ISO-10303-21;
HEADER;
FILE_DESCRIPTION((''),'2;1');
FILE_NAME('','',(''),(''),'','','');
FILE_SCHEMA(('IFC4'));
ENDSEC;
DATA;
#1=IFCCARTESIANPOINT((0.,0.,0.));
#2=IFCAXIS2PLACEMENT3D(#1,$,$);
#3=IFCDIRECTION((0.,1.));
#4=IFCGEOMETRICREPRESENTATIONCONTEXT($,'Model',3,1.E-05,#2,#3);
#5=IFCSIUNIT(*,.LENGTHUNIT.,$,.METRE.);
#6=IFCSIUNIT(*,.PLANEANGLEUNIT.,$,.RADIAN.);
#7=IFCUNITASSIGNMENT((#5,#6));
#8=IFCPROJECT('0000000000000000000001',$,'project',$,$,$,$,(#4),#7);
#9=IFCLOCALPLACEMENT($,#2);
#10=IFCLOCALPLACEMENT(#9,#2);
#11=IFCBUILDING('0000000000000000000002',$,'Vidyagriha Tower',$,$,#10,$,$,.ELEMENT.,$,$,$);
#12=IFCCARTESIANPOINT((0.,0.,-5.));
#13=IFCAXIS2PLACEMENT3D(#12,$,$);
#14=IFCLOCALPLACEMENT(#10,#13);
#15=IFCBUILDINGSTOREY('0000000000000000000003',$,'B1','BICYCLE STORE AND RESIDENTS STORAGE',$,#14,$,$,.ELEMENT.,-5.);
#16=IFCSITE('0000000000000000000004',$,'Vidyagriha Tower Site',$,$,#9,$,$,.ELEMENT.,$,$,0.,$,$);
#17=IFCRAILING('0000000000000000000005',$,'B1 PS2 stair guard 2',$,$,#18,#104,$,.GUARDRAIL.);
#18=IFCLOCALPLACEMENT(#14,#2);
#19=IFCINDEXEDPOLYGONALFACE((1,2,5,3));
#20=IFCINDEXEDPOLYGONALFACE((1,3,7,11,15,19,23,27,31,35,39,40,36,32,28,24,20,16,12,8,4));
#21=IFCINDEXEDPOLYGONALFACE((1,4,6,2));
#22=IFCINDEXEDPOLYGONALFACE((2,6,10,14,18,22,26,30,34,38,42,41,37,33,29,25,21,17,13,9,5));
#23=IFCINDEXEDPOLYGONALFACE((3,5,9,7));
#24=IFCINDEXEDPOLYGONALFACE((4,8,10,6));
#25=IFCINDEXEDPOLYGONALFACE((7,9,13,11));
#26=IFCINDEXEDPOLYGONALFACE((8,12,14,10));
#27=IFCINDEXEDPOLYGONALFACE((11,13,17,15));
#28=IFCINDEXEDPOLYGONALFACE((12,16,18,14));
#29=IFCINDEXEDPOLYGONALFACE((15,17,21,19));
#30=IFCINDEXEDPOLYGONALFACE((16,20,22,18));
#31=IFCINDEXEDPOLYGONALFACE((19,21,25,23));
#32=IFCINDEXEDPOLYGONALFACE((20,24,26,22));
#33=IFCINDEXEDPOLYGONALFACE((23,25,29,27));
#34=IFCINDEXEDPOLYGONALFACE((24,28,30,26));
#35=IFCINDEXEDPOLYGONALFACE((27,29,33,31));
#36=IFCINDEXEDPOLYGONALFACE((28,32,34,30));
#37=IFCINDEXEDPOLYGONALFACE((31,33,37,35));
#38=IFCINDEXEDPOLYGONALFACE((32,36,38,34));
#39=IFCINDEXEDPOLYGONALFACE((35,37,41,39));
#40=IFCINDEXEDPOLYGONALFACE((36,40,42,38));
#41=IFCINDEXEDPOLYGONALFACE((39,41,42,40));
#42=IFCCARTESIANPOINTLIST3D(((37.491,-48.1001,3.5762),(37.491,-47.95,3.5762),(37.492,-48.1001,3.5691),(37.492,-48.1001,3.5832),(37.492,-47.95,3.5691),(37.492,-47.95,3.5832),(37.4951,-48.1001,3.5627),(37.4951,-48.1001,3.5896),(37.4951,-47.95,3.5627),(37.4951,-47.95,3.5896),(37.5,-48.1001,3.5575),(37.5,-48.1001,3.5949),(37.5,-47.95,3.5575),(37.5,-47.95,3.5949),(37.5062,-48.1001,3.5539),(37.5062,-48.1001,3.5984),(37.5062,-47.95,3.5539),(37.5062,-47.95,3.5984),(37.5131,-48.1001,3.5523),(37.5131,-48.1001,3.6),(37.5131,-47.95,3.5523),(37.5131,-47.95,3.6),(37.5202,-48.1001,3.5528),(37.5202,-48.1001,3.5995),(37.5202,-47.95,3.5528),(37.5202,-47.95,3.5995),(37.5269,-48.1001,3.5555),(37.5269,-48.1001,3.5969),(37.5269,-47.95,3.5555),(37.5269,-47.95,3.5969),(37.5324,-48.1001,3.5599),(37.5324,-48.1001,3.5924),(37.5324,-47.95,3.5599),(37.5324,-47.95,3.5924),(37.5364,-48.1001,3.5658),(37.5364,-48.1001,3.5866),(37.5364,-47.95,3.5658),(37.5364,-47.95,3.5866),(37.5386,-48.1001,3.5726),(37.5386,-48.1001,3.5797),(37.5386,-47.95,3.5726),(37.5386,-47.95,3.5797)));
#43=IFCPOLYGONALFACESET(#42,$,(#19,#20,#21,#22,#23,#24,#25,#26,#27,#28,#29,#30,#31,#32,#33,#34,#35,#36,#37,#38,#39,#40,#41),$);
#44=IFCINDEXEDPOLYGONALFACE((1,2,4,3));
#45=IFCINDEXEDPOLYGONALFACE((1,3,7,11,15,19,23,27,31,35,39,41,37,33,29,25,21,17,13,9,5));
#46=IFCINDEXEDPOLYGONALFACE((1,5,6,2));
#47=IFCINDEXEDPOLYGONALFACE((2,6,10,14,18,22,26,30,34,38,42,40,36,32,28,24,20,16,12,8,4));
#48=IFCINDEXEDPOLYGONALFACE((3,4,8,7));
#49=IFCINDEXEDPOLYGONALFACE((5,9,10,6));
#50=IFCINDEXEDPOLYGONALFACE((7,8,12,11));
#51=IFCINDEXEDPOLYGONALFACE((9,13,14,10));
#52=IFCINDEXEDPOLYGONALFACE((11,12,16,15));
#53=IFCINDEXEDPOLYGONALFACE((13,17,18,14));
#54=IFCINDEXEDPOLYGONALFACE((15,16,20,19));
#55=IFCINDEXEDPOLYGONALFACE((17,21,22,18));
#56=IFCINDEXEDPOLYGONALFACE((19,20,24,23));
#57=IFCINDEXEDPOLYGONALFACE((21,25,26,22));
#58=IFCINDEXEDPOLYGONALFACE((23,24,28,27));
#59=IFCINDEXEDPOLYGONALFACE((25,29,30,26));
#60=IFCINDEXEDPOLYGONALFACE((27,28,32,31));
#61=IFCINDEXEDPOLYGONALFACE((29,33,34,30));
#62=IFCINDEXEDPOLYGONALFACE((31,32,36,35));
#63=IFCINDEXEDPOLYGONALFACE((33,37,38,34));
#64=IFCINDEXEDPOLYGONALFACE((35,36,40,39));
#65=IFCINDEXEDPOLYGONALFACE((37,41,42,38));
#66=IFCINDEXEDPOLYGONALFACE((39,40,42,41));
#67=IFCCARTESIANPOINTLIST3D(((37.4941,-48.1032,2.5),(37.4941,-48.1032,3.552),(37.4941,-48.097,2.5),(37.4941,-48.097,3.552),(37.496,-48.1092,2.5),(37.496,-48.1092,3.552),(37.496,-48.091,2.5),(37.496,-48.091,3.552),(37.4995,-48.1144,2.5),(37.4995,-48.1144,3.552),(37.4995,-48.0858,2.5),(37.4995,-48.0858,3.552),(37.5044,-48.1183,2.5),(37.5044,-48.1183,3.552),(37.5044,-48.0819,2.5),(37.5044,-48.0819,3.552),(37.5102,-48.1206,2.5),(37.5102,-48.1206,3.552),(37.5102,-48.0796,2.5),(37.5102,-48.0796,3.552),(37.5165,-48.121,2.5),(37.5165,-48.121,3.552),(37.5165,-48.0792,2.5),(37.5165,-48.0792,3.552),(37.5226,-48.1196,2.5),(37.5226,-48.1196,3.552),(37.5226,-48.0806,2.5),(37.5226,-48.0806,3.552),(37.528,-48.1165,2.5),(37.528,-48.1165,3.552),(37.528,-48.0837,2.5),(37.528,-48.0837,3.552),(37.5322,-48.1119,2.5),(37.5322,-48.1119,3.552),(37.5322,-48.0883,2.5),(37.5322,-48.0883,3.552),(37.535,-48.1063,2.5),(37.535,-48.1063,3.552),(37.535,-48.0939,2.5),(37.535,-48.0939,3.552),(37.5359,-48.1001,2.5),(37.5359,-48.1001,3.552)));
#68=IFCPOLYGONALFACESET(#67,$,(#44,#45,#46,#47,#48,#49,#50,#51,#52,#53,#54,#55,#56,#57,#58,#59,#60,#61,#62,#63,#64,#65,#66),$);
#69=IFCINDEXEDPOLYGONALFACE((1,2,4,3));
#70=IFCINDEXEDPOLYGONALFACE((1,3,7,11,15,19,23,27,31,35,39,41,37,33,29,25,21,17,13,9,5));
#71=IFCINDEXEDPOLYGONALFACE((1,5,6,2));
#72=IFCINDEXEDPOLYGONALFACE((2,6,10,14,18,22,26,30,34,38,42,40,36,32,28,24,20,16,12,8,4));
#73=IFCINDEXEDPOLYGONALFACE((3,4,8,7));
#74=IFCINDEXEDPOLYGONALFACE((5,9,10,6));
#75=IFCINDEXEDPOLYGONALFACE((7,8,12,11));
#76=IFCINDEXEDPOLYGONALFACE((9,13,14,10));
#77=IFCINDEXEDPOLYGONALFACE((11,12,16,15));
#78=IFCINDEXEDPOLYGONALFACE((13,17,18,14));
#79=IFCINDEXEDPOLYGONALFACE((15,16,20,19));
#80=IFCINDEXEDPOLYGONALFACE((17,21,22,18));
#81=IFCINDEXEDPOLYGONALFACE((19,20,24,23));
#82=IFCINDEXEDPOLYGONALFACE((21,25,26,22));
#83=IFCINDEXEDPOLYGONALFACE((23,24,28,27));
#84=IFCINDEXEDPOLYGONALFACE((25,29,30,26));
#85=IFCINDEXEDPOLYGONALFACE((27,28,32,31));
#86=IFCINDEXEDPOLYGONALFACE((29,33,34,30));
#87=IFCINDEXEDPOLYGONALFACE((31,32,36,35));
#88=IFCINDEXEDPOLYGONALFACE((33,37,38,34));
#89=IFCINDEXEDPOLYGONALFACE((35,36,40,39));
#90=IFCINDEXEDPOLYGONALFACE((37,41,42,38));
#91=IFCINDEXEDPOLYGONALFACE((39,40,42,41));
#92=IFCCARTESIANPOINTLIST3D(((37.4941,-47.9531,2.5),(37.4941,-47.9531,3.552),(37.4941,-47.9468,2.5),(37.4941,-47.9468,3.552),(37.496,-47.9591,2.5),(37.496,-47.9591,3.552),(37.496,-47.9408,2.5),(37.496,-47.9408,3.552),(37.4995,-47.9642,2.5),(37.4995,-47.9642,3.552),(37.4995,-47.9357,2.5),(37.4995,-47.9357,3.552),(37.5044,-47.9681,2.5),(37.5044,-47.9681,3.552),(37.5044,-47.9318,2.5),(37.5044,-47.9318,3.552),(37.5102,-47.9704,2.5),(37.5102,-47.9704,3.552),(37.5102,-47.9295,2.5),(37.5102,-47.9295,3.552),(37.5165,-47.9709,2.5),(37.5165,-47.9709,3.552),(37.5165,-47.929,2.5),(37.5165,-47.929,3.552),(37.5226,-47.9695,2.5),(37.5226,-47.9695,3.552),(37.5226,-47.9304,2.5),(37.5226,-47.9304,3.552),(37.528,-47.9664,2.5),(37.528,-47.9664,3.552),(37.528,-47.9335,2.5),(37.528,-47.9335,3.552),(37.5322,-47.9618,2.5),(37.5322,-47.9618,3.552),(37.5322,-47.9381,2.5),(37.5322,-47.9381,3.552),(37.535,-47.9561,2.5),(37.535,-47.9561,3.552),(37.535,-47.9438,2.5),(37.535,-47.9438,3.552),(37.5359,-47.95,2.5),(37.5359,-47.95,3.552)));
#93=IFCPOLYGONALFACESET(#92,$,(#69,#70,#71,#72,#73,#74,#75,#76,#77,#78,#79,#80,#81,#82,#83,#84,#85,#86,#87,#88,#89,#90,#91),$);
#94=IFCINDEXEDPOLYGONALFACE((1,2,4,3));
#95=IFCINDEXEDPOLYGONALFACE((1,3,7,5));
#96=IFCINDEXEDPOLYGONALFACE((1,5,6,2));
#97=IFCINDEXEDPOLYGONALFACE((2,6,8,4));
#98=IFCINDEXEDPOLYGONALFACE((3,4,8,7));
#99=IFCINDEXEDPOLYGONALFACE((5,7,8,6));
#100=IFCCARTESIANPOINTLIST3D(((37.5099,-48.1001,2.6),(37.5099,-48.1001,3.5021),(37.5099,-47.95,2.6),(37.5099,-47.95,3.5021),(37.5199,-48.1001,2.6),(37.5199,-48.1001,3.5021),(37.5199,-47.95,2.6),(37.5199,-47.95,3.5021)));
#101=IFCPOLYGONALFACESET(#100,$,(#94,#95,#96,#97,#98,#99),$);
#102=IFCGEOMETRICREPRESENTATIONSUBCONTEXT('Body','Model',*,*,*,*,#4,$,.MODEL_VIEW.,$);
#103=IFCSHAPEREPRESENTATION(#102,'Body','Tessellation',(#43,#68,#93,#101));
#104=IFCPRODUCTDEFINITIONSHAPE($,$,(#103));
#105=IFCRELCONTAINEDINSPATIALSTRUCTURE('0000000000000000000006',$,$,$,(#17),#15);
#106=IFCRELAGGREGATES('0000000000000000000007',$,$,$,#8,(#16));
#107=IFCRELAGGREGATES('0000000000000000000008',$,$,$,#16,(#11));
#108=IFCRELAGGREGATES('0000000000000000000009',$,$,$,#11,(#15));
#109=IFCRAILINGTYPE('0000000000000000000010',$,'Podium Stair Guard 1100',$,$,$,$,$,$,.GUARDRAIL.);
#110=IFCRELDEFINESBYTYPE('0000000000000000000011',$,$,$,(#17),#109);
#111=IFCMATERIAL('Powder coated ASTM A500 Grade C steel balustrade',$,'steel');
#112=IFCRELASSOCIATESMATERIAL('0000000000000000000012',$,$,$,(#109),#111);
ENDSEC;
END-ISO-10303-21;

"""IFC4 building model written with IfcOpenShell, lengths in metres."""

from ifc_helpers import new_model, si_unit, direction, frame, origin, origin_2d, place, context, subcontext, project, spatial, rectangle, circle, extrude, material, type_object, element, save


model = new_model("IFC4")

# Units and contexts
model_context = context("Model", 3, precision=1e-05, world=origin(), true_north=direction((0.0, 1.0)))
body_context = subcontext(model_context, "Body", "Model", "MODEL_VIEW")
ifc_project = project(units=[si_unit("LENGTHUNIT", "METRE"), si_unit("PLANEANGLEUNIT", "RADIAN")], contexts=[model_context])

# Site, building, storey
site_placement = place(None, origin())
site = spatial("IfcSite", under=ifc_project, at=site_placement, Name="Vidyagriha Tower Site", CompositionType="ELEMENT", RefElevation=0.0)
building_placement = place(site_placement, origin())
building = spatial("IfcBuilding", under=site, at=building_placement, Name="Vidyagriha Tower", CompositionType="ELEMENT")
storey_placement = place(building_placement, frame((0.0, 0.0, -5.0)))
storey = spatial("IfcBuildingStorey", under=building, at=storey_placement, Name="B1", Description="BICYCLE STORE AND RESIDENTS STORAGE", CompositionType="ELEMENT", Elevation=-5.0)

# Railing
ifc_material_1 = material(Name="Powder coated ASTM A500 Grade C steel balustrade", Category="steel")
railing_type_1 = type_object("IfcRailingType", Name="Podium Stair Guard 1100", PredefinedType="GUARDRAIL", material=ifc_material_1)
railing_1_placement = place(storey_placement, frame((37.5149, -48.1001, 2.5)))
element("IfcRailing", 1, at=railing_1_placement, inside=storey, type_object=railing_type_1, Name="B1 PS2 stair guard 2", PredefinedType="GUARDRAIL", context=body_context, shape_type="SweptSolid", body=[
    extrude(circle(Radius=0.0239, at=origin_2d()), frame((0.0, 0.0, 1.0762), z_axis=(0.0, 1.0, 0.0), x_axis=(-1.0, 0.0, 0.0)), (0.0, 0.0, 1.0), 0.1501),
    extrude(circle(Radius=0.021, at=origin_2d()), origin(), (0.0, 0.0, 1.0), 1.052),
    extrude(circle(Radius=0.021, at=origin_2d()), frame((0.0, 0.1501, 0.0)), (0.0, 0.0, 1.0), 1.052),
    extrude(rectangle(XDim=0.01, YDim=0.9021, at=origin_2d()), frame((0.0, 0.0, 0.551), z_axis=(0.0, 1.0, 0.0), x_axis=(-1.0, 0.0, 0.0)), (0.0, 0.0, 1.0), 0.1501),
])

save(model, "model.ifc")
